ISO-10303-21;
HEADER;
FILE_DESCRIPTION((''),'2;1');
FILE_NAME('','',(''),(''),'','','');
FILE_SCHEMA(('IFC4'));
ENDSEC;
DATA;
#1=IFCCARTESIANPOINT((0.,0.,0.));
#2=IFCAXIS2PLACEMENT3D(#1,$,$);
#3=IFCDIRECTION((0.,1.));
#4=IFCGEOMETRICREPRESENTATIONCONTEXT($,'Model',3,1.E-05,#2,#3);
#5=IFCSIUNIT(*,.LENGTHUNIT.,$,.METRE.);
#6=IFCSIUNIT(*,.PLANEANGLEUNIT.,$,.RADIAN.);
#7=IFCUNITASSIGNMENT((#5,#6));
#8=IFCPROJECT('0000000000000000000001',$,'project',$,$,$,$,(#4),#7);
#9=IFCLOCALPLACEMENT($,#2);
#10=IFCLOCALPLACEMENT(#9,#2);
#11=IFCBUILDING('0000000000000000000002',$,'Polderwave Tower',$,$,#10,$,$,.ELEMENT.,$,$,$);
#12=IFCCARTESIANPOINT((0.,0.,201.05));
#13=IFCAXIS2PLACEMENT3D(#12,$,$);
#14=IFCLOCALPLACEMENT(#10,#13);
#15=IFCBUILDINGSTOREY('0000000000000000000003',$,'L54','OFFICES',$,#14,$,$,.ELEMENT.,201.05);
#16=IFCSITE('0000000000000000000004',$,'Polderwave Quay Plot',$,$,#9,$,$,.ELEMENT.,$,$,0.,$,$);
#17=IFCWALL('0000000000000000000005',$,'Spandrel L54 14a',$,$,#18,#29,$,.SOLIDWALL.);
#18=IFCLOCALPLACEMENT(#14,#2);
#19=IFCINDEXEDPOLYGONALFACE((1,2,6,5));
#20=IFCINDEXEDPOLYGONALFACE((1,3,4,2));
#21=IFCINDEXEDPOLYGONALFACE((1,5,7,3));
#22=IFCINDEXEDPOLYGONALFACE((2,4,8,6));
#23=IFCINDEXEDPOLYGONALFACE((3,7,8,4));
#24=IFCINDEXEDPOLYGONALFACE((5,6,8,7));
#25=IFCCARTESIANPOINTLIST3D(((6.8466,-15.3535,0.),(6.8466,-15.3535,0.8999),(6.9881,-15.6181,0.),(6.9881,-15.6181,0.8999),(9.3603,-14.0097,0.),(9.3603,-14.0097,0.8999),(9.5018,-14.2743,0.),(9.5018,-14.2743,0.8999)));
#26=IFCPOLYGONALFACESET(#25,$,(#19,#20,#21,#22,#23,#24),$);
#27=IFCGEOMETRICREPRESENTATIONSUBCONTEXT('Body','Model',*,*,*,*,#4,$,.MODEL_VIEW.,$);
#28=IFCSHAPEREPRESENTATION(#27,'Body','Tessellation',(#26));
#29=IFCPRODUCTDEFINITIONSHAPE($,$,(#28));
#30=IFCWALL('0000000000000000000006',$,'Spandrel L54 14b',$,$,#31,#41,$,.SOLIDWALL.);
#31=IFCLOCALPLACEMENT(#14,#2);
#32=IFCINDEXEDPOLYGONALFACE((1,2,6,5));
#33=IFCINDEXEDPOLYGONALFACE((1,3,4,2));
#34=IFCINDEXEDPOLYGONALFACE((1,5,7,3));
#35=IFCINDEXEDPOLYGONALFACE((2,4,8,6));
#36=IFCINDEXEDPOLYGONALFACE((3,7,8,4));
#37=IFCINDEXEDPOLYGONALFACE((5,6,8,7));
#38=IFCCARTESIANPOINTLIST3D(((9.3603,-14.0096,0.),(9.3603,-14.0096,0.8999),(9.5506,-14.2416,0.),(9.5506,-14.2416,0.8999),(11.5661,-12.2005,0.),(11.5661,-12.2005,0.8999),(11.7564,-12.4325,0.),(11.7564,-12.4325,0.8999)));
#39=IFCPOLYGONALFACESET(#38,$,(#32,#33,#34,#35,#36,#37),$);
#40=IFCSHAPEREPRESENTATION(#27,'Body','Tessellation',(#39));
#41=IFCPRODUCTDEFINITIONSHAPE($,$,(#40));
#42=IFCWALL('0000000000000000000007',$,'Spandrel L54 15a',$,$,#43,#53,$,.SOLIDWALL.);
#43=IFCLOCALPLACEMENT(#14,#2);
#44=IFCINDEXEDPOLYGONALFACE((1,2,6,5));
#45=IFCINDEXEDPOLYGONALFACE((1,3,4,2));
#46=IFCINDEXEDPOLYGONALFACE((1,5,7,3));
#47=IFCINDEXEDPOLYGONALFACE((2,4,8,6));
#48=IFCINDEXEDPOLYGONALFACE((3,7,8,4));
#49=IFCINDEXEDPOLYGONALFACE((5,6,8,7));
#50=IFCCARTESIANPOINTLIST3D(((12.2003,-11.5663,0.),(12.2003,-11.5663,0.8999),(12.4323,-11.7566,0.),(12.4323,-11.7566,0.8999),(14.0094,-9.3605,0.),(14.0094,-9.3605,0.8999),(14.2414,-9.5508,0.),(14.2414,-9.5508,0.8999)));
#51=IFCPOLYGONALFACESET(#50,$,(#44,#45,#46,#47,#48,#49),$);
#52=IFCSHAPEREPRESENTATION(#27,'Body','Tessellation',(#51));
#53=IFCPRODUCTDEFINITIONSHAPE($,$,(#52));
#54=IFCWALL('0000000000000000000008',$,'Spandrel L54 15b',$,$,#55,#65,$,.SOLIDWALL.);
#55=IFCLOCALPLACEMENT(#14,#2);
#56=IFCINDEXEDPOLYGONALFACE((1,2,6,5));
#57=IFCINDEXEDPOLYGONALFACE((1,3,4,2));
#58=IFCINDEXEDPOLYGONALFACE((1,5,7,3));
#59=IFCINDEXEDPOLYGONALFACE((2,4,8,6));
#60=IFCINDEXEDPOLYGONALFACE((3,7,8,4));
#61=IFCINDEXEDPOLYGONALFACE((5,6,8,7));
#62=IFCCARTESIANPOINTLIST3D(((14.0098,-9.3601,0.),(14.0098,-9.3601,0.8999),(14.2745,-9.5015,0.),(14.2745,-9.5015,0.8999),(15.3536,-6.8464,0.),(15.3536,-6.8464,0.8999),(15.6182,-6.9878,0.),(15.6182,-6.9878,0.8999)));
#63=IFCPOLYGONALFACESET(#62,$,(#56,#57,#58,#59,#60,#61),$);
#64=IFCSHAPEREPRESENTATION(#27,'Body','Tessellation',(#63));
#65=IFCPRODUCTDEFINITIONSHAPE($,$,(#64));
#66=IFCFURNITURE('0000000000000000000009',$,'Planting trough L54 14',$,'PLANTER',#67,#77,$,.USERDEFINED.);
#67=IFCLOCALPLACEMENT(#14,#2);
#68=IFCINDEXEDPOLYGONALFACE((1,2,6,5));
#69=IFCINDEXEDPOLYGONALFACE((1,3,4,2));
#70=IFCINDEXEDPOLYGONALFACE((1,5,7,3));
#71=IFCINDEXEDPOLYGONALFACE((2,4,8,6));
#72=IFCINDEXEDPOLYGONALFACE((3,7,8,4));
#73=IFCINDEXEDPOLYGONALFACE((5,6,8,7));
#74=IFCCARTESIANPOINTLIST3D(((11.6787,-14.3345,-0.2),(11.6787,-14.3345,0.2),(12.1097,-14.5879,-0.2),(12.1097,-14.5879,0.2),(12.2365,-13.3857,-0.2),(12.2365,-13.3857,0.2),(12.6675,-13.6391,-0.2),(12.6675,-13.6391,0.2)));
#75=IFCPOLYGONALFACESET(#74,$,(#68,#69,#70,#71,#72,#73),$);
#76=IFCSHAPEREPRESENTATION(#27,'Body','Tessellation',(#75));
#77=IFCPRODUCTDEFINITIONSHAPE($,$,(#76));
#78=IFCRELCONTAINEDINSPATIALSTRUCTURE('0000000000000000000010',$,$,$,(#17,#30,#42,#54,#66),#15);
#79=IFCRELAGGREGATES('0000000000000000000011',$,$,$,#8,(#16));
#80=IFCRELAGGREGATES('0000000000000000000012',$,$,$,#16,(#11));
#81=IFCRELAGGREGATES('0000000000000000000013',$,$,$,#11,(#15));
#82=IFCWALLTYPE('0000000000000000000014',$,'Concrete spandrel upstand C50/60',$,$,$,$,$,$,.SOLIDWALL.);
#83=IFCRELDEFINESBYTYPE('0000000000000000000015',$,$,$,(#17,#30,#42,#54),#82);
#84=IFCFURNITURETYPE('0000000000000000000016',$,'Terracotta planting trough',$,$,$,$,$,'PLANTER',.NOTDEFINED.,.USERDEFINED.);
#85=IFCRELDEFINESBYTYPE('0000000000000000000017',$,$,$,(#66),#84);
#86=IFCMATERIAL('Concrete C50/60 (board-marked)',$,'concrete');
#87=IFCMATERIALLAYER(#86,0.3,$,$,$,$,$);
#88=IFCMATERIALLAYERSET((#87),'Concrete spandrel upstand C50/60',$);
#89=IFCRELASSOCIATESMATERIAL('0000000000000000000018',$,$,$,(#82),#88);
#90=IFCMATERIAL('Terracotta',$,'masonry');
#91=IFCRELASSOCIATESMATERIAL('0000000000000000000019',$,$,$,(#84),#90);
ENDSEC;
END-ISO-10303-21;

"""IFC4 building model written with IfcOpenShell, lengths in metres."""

from ifc_helpers import new_model, si_unit, direction, frame, frame_2d, origin, origin_2d, place, context, subcontext, project, spatial, rectangle, extrude, material, layer, layer_set, type_object, element, save


model = new_model("IFC4")

# Units and contexts
model_context = context("Model", 3, precision=1e-05, world=origin(), true_north=direction((0.0, 1.0)))
body_context = subcontext(model_context, "Body", "Model", "MODEL_VIEW")
ifc_project = project(units=[si_unit("LENGTHUNIT", "METRE"), si_unit("PLANEANGLEUNIT", "RADIAN")], contexts=[model_context])

# Site, building, storey
site_placement = place(None, origin())
site = spatial("IfcSite", under=ifc_project, at=site_placement, Name="Polderwave Quay Plot", CompositionType="ELEMENT", RefElevation=0.0)
building_placement = place(site_placement, origin())
building = spatial("IfcBuilding", under=site, at=building_placement, Name="Polderwave Tower", CompositionType="ELEMENT")
storey_placement = place(building_placement, frame((0.0, 0.0, 201.05)))
storey = spatial("IfcBuildingStorey", under=building, at=storey_placement, Name="L54", Description="OFFICES", CompositionType="ELEMENT", Elevation=201.05)

# Walls
ifc_material_1 = material(Name="Concrete C50/60 (board-marked)", Category="concrete")
ifc_layer_1 = layer(ifc_material_1, 0.3)
ifc_layer_set_1 = layer_set([ifc_layer_1], Name="Concrete spandrel upstand C50/60")
wall_type = type_object("IfcWallType", Name="Concrete spandrel upstand C50/60", PredefinedType="SOLIDWALL", material=ifc_layer_set_1)
wall_1_placement = place(storey_placement, frame((6.9172, -15.4858, 0.0), z_axis=(0.0, 0.0, 1.0), x_axis=(0.881897, 0.471442, 0.0)))
element("IfcWall", 1, at=wall_1_placement, inside=storey, type_object=wall_type, Name="Spandrel L54 14a", PredefinedType="SOLIDWALL", context=body_context, shape_type="SweptSolid", body=[
    extrude(rectangle(XDim=2.8503, YDim=0.3, at=frame_2d((1.4253, 0.0))), origin(), (0.0, 0.0, 1.0), 0.8999),
])
for number, where, z_axis, x_axis, name in (
    (2, (9.4556, -14.1255, 0.0), (0.0, 0.0, 1.0), (0.773213, 0.634146, 0.0), "Spandrel L54 14b"),
    (3, (12.3164, -11.6614, 0.0), (0.0, 0.0, 1.0), (0.634146, 0.773213, 0.0), "Spandrel L54 15a"),
):
    element("IfcWall", number, at=place(storey_placement, frame(where, z_axis=z_axis, x_axis=x_axis)), inside=storey, type_object=wall_type, Name=name, PredefinedType="SOLIDWALL", context=body_context, shape_type="SweptSolid", body=[
        extrude(rectangle(XDim=2.8528, YDim=0.3, at=frame_2d((1.4263, 0.0))), origin(), (0.0, 0.0, 1.0), 0.8999),
    ])
wall_2_placement = place(storey_placement, frame((14.1421, -9.4309, 0.0), z_axis=(0.0, 0.0, 1.0), x_axis=(0.471442, 0.881897, 0.0)))
element("IfcWall", 4, at=wall_2_placement, inside=storey, type_object=wall_type, Name="Spandrel L54 15b", PredefinedType="SOLIDWALL", context=body_context, shape_type="SweptSolid", body=[
    extrude(rectangle(XDim=2.8503, YDim=0.3, at=frame_2d((1.4253, 0.0))), origin(), (0.0, 0.0, 1.0), 0.8999),
])

# Furniture
ifc_material_2 = material(Name="Terracotta", Category="masonry")
furniture_type = type_object("IfcFurnitureType", Name="Terracotta planting trough", ElementType="PLANTER", AssemblyPlace="NOTDEFINED", PredefinedType="USERDEFINED", material=ifc_material_2)
furniture_placement = place(storey_placement, frame((12.1731, -13.9868, -0.2), z_axis=(0.0, 0.0, 1.0), x_axis=(0.50683, 0.862046, 0.0)))
element("IfcFurniture", 5, at=furniture_placement, inside=storey, type_object=furniture_type, Name="Planting trough L54 14", ObjectType="PLANTER", PredefinedType="USERDEFINED", context=body_context, shape_type="SweptSolid", body=[
    extrude(rectangle(XDim=1.1006, YDim=0.5, at=origin_2d()), origin(), (0.0, 0.0, 1.0), 0.3999),
])

save(model, "model.ifc")
